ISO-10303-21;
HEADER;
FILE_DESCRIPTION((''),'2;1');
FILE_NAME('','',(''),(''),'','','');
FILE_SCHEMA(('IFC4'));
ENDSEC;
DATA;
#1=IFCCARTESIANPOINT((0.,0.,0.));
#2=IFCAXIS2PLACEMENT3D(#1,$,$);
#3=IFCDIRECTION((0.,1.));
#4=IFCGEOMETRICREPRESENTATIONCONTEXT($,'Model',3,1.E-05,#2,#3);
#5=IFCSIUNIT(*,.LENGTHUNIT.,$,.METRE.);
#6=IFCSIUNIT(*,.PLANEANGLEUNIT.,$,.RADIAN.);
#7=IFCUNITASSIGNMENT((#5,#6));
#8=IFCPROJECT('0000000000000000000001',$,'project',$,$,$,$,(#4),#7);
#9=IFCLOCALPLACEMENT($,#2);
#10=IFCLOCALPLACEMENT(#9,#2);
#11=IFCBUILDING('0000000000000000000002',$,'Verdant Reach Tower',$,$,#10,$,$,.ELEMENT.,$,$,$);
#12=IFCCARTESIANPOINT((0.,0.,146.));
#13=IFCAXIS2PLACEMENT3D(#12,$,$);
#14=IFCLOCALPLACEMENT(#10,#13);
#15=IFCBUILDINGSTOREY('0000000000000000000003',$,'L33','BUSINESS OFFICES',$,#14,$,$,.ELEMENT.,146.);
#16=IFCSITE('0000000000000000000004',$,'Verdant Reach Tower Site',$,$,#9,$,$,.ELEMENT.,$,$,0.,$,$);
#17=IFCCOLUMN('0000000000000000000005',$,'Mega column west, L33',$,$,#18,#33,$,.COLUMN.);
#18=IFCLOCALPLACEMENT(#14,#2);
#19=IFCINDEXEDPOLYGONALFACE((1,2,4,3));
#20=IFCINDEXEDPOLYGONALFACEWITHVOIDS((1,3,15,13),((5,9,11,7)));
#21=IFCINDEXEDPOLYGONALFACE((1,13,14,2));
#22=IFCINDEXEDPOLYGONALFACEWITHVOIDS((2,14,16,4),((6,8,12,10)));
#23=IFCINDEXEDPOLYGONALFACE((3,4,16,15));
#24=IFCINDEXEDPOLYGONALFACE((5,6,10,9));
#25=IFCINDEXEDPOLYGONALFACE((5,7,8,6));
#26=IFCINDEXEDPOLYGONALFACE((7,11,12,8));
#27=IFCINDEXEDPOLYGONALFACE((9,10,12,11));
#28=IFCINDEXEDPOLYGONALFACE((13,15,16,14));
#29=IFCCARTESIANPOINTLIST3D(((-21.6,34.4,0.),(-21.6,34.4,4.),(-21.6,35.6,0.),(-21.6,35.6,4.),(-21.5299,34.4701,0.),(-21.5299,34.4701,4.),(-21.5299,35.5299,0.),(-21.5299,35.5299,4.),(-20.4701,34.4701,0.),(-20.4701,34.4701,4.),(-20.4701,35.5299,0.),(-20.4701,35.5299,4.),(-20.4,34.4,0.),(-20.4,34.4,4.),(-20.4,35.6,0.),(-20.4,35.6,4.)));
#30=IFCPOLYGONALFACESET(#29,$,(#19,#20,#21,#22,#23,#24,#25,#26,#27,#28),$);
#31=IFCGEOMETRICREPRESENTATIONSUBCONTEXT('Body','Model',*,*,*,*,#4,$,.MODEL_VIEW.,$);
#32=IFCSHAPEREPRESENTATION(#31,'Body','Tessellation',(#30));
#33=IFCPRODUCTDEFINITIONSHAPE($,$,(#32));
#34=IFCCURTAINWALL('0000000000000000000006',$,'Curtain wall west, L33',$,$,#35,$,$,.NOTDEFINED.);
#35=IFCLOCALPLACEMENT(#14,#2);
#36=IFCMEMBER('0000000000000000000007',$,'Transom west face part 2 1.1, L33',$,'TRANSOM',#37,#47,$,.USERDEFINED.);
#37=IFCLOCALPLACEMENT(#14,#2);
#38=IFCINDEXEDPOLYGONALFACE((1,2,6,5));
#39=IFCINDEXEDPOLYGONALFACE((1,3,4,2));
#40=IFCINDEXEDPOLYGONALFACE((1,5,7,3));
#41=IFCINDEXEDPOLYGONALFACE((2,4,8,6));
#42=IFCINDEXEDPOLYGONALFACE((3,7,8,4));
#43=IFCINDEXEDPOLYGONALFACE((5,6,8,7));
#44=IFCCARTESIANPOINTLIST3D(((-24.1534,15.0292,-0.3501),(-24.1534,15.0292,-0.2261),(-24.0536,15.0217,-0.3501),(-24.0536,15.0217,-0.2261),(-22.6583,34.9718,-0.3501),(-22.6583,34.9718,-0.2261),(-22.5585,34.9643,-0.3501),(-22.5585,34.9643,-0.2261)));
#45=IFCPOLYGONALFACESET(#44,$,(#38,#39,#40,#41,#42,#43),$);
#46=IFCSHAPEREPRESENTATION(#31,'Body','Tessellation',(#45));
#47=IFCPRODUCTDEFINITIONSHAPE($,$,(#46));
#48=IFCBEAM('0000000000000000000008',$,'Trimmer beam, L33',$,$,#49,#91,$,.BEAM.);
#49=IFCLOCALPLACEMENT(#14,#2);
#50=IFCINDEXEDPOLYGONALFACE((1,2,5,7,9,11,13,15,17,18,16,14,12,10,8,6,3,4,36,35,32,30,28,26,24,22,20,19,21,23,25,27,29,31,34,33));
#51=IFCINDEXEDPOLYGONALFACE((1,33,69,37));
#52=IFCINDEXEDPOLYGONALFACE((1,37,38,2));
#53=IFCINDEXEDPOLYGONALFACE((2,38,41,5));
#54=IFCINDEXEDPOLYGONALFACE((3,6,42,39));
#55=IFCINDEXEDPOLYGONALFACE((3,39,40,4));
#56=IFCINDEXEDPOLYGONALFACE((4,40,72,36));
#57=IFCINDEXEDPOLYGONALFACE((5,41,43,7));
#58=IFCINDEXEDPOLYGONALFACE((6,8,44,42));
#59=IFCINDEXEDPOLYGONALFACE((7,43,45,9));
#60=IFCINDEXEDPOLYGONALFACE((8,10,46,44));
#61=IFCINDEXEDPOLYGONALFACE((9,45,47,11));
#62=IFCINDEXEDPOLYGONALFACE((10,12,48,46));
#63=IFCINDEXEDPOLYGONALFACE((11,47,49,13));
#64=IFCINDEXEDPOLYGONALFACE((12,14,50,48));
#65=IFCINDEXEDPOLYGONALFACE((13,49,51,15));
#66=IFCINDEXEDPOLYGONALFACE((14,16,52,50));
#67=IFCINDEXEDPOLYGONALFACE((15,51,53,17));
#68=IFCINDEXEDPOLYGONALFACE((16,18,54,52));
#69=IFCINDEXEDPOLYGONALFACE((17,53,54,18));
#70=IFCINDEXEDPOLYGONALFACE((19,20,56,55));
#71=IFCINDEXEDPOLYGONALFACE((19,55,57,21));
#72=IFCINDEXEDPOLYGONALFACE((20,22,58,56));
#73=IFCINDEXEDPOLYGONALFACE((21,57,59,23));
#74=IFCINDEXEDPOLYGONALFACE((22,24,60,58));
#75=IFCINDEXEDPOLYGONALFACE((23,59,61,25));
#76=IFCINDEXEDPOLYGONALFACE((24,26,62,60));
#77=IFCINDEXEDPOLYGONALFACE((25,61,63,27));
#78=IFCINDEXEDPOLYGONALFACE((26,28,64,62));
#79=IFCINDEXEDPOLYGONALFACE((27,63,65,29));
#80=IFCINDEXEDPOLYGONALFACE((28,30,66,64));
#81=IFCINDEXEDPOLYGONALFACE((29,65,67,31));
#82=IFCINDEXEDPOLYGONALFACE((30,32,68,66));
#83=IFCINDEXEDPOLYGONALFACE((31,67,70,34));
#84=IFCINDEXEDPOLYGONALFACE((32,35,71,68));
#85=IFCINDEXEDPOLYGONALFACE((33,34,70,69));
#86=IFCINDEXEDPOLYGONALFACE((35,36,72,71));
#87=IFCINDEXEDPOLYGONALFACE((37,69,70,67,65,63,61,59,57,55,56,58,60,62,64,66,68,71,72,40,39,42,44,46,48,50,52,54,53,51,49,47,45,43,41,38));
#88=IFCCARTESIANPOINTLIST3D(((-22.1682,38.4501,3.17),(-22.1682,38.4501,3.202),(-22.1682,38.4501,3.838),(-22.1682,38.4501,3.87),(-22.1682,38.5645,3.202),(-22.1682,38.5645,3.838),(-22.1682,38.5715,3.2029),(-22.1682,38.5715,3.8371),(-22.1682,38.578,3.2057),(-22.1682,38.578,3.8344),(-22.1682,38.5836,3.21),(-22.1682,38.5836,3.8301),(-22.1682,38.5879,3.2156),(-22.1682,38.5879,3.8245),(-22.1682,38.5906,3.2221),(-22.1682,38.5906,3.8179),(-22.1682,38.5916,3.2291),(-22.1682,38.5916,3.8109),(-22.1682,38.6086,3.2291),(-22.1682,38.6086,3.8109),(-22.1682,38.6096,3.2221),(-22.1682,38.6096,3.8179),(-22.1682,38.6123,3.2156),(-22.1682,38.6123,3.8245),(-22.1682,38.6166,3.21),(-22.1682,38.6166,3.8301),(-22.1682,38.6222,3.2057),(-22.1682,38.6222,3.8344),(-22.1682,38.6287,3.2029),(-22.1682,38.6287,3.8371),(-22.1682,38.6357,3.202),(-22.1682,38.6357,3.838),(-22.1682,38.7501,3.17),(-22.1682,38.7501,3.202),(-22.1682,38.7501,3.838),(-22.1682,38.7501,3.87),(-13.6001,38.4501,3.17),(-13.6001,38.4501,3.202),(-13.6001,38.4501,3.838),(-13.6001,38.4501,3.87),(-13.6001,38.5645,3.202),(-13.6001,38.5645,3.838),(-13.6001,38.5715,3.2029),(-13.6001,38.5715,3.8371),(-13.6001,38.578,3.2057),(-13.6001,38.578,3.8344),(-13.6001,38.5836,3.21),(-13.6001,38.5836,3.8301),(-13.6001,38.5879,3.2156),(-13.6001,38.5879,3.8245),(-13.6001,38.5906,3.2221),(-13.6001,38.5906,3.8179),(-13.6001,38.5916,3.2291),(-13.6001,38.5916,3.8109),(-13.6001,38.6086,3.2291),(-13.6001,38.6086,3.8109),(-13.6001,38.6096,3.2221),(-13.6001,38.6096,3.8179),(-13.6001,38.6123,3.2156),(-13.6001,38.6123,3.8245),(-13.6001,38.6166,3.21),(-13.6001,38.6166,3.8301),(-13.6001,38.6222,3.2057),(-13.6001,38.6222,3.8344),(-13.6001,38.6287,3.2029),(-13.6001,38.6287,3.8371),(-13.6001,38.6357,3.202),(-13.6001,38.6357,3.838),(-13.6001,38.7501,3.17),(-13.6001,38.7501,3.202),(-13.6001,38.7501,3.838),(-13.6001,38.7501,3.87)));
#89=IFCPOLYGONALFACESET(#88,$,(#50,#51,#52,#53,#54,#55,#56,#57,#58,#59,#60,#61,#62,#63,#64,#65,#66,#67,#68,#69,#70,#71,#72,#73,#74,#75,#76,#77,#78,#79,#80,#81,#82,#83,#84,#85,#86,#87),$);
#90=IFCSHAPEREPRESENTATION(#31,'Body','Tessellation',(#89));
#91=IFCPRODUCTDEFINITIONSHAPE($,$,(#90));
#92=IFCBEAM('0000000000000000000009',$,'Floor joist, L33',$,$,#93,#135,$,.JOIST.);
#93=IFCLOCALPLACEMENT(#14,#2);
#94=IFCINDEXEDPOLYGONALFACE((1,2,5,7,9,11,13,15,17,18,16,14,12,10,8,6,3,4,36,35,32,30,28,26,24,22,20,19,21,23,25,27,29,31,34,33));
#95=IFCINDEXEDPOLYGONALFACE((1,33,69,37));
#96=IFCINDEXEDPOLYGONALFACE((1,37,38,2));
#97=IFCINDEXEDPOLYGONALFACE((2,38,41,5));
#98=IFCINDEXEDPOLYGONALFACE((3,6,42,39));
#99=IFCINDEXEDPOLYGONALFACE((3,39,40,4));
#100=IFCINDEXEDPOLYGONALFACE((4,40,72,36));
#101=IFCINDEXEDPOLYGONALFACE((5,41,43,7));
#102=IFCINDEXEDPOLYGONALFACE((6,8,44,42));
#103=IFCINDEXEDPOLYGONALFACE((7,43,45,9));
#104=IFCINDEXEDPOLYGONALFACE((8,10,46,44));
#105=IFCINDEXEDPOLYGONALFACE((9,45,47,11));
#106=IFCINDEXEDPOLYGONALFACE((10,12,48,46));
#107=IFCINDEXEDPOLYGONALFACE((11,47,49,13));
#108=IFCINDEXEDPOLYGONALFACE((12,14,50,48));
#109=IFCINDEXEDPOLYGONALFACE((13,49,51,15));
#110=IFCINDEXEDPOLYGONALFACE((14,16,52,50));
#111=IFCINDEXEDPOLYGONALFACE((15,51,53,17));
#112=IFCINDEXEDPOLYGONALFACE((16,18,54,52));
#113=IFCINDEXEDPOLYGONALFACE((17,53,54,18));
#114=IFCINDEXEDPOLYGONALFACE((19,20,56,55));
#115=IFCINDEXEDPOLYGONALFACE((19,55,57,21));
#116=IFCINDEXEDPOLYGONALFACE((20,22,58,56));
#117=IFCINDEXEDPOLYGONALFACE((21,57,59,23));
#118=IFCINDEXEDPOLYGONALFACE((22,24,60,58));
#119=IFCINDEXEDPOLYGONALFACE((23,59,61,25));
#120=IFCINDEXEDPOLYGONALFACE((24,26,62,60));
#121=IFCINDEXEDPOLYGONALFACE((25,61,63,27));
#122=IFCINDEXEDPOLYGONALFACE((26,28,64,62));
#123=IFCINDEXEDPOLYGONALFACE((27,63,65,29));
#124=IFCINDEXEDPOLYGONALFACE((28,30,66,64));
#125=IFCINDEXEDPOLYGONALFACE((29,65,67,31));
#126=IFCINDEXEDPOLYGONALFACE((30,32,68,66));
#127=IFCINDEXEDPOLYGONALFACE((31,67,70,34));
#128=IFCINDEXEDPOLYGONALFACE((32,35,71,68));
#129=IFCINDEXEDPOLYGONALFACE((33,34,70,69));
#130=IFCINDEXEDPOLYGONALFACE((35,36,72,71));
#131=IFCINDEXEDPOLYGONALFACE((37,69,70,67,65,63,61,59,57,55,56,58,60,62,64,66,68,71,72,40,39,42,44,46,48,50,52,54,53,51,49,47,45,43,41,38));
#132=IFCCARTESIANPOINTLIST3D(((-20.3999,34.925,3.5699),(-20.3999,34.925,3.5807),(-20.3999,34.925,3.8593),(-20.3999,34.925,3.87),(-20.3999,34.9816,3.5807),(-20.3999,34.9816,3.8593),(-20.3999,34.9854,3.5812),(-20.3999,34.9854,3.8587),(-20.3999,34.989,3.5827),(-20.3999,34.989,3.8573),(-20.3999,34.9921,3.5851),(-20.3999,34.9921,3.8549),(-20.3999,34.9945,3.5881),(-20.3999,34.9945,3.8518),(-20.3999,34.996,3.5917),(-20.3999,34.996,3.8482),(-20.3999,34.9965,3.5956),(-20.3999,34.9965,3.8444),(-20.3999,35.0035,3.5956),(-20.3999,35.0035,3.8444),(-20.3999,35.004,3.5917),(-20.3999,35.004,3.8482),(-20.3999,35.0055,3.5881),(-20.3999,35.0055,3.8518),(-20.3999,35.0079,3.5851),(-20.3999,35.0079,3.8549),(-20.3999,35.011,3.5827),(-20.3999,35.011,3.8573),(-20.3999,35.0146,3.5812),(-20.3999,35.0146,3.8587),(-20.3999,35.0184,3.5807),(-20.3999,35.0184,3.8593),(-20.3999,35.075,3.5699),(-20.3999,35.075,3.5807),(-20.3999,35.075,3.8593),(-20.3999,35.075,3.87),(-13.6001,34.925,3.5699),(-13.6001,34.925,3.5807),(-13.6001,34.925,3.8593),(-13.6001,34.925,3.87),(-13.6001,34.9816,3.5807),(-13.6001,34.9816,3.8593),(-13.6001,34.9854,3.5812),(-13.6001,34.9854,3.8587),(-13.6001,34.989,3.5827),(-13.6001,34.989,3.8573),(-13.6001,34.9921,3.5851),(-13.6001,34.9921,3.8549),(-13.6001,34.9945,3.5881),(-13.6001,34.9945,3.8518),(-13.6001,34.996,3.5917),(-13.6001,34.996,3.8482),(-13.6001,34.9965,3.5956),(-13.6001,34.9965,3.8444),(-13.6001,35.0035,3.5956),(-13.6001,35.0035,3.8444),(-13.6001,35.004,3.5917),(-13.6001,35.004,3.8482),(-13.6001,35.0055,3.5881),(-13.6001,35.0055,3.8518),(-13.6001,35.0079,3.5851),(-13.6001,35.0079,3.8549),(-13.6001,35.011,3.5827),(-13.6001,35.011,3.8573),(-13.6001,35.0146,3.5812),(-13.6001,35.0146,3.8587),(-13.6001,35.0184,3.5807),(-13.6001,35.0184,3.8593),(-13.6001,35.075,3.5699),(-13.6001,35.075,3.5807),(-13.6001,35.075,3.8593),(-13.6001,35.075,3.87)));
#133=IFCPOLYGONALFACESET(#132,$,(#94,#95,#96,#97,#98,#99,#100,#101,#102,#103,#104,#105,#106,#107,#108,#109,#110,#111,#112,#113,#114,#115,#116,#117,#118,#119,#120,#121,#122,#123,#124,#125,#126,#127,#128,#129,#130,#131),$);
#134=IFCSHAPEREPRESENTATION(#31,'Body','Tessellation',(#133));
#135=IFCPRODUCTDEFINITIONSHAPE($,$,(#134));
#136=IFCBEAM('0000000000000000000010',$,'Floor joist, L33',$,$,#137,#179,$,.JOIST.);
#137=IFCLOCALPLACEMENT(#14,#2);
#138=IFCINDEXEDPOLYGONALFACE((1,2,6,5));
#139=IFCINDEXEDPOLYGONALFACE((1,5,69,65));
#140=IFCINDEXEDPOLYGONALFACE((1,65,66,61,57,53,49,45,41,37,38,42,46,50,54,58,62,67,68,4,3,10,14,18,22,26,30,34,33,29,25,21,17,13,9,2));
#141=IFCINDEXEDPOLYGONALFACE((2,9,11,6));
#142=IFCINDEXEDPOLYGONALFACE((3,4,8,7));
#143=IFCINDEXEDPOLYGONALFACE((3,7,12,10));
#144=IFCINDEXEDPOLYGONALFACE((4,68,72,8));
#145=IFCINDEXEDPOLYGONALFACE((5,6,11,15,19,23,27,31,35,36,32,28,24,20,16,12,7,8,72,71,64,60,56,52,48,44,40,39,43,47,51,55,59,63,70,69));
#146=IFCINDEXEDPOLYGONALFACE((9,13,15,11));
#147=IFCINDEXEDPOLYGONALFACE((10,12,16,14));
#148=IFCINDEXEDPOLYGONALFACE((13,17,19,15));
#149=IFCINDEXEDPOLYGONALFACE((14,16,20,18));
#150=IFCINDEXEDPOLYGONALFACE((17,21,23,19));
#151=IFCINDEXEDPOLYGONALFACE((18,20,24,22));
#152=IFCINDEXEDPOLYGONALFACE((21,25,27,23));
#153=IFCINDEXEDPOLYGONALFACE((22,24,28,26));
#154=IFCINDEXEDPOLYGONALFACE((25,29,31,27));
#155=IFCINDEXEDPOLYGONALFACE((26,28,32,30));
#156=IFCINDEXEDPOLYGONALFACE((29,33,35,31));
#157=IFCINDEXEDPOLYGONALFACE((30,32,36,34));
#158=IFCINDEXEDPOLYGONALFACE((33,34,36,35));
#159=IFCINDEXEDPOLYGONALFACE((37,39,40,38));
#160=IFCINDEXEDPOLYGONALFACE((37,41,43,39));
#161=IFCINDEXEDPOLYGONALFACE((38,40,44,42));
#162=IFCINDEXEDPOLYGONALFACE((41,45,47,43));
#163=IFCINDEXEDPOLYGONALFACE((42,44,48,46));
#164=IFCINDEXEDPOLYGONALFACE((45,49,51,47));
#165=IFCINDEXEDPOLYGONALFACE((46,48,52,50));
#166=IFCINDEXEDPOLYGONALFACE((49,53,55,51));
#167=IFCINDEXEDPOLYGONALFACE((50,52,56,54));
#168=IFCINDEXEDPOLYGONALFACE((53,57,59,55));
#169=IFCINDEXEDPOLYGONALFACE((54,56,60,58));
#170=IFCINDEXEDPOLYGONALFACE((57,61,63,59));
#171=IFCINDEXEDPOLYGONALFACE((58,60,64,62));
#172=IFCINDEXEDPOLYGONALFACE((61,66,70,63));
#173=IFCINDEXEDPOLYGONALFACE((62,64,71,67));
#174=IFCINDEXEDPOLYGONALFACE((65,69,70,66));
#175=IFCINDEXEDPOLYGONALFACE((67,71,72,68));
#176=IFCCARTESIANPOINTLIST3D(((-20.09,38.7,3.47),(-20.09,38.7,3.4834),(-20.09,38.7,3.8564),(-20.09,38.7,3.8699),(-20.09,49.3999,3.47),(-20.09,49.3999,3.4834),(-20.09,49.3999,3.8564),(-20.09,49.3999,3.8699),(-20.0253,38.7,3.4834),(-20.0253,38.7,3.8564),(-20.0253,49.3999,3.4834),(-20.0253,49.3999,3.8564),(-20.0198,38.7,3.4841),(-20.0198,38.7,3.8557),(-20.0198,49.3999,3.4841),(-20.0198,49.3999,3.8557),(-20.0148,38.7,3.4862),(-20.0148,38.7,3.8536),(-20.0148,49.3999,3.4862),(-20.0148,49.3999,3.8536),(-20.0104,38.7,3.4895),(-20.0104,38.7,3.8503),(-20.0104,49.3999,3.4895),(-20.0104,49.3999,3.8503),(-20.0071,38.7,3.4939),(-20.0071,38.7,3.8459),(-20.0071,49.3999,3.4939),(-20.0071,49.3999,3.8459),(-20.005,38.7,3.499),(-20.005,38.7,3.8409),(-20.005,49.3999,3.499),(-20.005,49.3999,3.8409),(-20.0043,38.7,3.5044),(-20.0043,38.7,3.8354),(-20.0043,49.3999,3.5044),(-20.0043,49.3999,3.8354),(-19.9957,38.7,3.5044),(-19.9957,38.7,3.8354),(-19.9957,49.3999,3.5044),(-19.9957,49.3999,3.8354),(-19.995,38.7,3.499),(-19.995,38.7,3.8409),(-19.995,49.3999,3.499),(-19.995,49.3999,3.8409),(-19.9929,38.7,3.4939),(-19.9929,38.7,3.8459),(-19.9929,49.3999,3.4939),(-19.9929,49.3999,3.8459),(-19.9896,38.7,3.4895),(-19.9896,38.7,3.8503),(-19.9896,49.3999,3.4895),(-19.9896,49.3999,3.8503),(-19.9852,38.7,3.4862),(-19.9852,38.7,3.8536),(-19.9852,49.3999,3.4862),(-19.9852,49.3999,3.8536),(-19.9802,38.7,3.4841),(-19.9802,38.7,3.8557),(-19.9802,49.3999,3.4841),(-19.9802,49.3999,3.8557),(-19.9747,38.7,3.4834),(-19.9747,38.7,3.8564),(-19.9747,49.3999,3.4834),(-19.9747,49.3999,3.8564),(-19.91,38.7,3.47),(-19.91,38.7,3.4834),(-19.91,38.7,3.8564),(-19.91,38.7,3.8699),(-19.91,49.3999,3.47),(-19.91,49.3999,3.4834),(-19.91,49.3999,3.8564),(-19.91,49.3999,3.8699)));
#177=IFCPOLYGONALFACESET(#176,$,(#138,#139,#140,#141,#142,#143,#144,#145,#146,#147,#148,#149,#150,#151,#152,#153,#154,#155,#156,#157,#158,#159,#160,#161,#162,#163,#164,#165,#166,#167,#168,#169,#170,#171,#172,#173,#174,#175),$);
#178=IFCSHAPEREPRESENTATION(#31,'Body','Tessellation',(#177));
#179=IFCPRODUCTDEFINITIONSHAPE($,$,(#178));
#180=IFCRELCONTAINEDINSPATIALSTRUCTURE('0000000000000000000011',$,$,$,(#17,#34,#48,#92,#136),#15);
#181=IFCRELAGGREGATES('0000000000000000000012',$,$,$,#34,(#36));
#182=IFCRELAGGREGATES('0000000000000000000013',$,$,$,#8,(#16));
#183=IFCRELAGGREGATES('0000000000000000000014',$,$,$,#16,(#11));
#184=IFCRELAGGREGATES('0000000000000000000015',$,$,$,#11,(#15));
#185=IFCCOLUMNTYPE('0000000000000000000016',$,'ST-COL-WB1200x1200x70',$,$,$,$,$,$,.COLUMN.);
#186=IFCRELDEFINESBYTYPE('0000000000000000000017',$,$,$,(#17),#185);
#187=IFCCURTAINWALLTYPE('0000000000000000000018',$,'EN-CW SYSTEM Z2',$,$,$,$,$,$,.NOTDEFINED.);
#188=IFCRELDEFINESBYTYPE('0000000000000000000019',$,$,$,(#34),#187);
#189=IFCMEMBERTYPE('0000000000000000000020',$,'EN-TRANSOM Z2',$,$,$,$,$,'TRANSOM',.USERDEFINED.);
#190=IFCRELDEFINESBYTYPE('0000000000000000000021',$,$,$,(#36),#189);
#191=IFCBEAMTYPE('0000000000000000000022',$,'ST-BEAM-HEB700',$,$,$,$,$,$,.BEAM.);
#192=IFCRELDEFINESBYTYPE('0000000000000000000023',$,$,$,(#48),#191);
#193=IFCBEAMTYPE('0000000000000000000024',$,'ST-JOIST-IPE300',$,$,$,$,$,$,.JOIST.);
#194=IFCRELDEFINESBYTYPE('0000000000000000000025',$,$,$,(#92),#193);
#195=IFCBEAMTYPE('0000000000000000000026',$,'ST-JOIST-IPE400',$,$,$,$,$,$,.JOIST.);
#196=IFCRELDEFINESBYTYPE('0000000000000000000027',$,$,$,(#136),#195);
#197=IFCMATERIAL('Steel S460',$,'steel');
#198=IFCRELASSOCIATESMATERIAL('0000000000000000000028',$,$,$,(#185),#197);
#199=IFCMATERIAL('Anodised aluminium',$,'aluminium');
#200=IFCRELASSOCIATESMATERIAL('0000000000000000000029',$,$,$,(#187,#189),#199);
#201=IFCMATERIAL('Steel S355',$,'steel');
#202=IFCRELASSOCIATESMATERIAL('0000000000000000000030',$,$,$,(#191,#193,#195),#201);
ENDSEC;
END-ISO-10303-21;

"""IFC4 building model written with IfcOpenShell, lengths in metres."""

from ifc_helpers import new_model, si_unit, direction, frame, origin, origin_2d, place, context, subcontext, project, spatial, rectangle, hollow_rectangle, i_section, extrude, material, material_profile, profile_set, type_object, element, aggregate, save


model = new_model("IFC4")

# Units and contexts
model_context = context("Model", 3, precision=1e-05, world=origin(), true_north=direction((0.0, 1.0)))
body_context = subcontext(model_context, "Body", "Model", "MODEL_VIEW")
ifc_project = project(units=[si_unit("LENGTHUNIT", "METRE"), si_unit("PLANEANGLEUNIT", "RADIAN")], contexts=[model_context])

# Site, building, storey
site_placement = place(None, origin())
site = spatial("IfcSite", under=ifc_project, at=site_placement, Name="Verdant Reach Tower Site", CompositionType="ELEMENT", RefElevation=0.0)
building_placement = place(site_placement, origin())
building = spatial("IfcBuilding", under=site, at=building_placement, Name="Verdant Reach Tower", CompositionType="ELEMENT")
storey_placement = place(building_placement, frame((0.0, 0.0, 146.0)))
storey = spatial("IfcBuildingStorey", under=building, at=storey_placement, Name="L33", Description="BUSINESS OFFICES", CompositionType="ELEMENT", Elevation=146.0)

# Column
ifc_material_1 = material(Name="Steel S460", Category="steel")
ifc_material_profile_1 = material_profile(ifc_material_1, hollow_rectangle(XDim=1.2, YDim=1.2, WallThickness=0.0701, at=origin_2d()), Name="WB 1200x1200x70")
ifc_profile_set_1 = profile_set([ifc_material_profile_1], Name="Steel S460")
column_type = type_object("IfcColumnType", Name="ST-COL-WB1200x1200x70", PredefinedType="COLUMN", material=ifc_profile_set_1)
column_placement = place(storey_placement, frame((-21.0, 35.0, 0.0), z_axis=(0.0, 0.0, 1.0), x_axis=(1.0, 0.0, 0.0)))
element("IfcColumn", 1, at=column_placement, inside=storey, type_object=column_type, Name="Mega column west, L33", PredefinedType="COLUMN", context=body_context, shape_type="SweptSolid", body=[
    extrude(hollow_rectangle(XDim=1.2, YDim=1.2, WallThickness=0.0701, at=origin_2d()), origin(), (0.0, 0.0, 1.0), 4.0),
])

# Curtain wall, member
ifc_material_2 = material(Name="Anodised aluminium", Category="aluminium")
curtain_wall_type = type_object("IfcCurtainWallType", Name="EN-CW SYSTEM Z2", PredefinedType="NOTDEFINED", material=ifc_material_2)
curtain_wall_placement = place(storey_placement, origin())
curtain_wall = element("IfcCurtainWall", 2, at=curtain_wall_placement, inside=storey, type_object=curtain_wall_type, Name="Curtain wall west, L33", PredefinedType="NOTDEFINED")
ifc_material_profile_2 = material_profile(ifc_material_2, rectangle(XDim=0.1001, YDim=0.124, at=origin_2d()), Name="Transom 124x100")
ifc_profile_set_2 = profile_set([ifc_material_profile_2], Name="Anodised aluminium")
member_type = type_object("IfcMemberType", Name="EN-TRANSOM Z2", ElementType="TRANSOM", PredefinedType="USERDEFINED", material=ifc_profile_set_2)
member_placement = place(storey_placement, frame((-22.6084, 34.968, -0.2881), z_axis=(-0.074761, -0.997201, 0.0), x_axis=(0.997201, -0.074761, 0.0)))
member = element("IfcMember", 3, at=member_placement, type_object=member_type, Name="Transom west face part 2 1.1, L33", ObjectType="TRANSOM", PredefinedType="USERDEFINED", context=body_context, shape_type="SweptSolid", body=[
    extrude(rectangle(XDim=0.1001, YDim=0.124, at=origin_2d()), origin(), (0.0, 0.0, 1.0), 19.9985),
])

# Beams
ifc_material_3 = material(Name="Steel S355", Category="steel")
ifc_material_profile_3 = material_profile(ifc_material_3, i_section(OverallWidth=0.3, OverallDepth=0.7, WebThickness=0.0171, FlangeThickness=0.032, FilletRadius=0.0271, at=origin_2d()), Name="HEB 700")
ifc_profile_set_3 = profile_set([ifc_material_profile_3], Name="Steel S355")
beam_type_1 = type_object("IfcBeamType", Name="ST-BEAM-HEB700", PredefinedType="BEAM", material=ifc_profile_set_3)
beam_1_placement = place(storey_placement, frame((-13.6001, 38.6001, 3.52), z_axis=(-1.0, 0.0, 0.0), x_axis=(0.0, -1.0, 0.0)))
element("IfcBeam", 4, at=beam_1_placement, inside=storey, type_object=beam_type_1, Name="Trimmer beam, L33", PredefinedType="BEAM", context=body_context, shape_type="SweptSolid", body=[
    extrude(i_section(OverallWidth=0.3, OverallDepth=0.7, WebThickness=0.0171, FlangeThickness=0.032, FilletRadius=0.0271, at=origin_2d()), origin(), (0.0, 0.0, 1.0), 8.5681),
])
ifc_material_profile_4 = material_profile(ifc_material_3, i_section(OverallWidth=0.1499, OverallDepth=0.3, WebThickness=0.0071, FlangeThickness=0.0107, FilletRadius=0.0149, at=origin_2d()), Name="IPE 300")
ifc_profile_set_4 = profile_set([ifc_material_profile_4], Name="Steel S355")
beam_type_2 = type_object("IfcBeamType", Name="ST-JOIST-IPE300", PredefinedType="JOIST", material=ifc_profile_set_4)
beam_2_placement = place(storey_placement, frame((-13.6001, 35.0, 3.72), z_axis=(-1.0, 0.0, 0.0), x_axis=(0.0, -1.0, 0.0)))
element("IfcBeam", 5, at=beam_2_placement, inside=storey, type_object=beam_type_2, Name="Floor joist, L33", PredefinedType="JOIST", context=body_context, shape_type="SweptSolid", body=[
    extrude(i_section(OverallWidth=0.1499, OverallDepth=0.3, WebThickness=0.0071, FlangeThickness=0.0107, FilletRadius=0.0149, at=origin_2d()), origin(), (0.0, 0.0, 1.0), 6.7998),
])
ifc_material_profile_5 = material_profile(ifc_material_3, i_section(OverallWidth=0.1799, OverallDepth=0.3999, WebThickness=0.0085, FlangeThickness=0.0134, FilletRadius=0.021, at=origin_2d()), Name="IPE 400")
ifc_profile_set_5 = profile_set([ifc_material_profile_5], Name="Steel S355")
beam_type_3 = type_object("IfcBeamType", Name="ST-JOIST-IPE400", PredefinedType="JOIST", material=ifc_profile_set_5)
for number, where, z_axis, x_axis, name in (
    (6, (-20.0, 38.7, 3.6699), (0.0, 1.0, 0.0), (-1.0, 0.0, 0.0), "Floor joist, L33"),
):
    element("IfcBeam", number, at=place(storey_placement, frame(where, z_axis=z_axis, x_axis=x_axis)), inside=storey, type_object=beam_type_3, Name=name, PredefinedType="JOIST", context=body_context, shape_type="SweptSolid", body=[
        extrude(i_section(OverallWidth=0.1799, OverallDepth=0.3999, WebThickness=0.0085, FlangeThickness=0.0134, FilletRadius=0.021, at=origin_2d()), origin(), (0.0, 0.0, 1.0), 10.7),
    ])

aggregate(curtain_wall, [member])

save(model, "model.ifc")
